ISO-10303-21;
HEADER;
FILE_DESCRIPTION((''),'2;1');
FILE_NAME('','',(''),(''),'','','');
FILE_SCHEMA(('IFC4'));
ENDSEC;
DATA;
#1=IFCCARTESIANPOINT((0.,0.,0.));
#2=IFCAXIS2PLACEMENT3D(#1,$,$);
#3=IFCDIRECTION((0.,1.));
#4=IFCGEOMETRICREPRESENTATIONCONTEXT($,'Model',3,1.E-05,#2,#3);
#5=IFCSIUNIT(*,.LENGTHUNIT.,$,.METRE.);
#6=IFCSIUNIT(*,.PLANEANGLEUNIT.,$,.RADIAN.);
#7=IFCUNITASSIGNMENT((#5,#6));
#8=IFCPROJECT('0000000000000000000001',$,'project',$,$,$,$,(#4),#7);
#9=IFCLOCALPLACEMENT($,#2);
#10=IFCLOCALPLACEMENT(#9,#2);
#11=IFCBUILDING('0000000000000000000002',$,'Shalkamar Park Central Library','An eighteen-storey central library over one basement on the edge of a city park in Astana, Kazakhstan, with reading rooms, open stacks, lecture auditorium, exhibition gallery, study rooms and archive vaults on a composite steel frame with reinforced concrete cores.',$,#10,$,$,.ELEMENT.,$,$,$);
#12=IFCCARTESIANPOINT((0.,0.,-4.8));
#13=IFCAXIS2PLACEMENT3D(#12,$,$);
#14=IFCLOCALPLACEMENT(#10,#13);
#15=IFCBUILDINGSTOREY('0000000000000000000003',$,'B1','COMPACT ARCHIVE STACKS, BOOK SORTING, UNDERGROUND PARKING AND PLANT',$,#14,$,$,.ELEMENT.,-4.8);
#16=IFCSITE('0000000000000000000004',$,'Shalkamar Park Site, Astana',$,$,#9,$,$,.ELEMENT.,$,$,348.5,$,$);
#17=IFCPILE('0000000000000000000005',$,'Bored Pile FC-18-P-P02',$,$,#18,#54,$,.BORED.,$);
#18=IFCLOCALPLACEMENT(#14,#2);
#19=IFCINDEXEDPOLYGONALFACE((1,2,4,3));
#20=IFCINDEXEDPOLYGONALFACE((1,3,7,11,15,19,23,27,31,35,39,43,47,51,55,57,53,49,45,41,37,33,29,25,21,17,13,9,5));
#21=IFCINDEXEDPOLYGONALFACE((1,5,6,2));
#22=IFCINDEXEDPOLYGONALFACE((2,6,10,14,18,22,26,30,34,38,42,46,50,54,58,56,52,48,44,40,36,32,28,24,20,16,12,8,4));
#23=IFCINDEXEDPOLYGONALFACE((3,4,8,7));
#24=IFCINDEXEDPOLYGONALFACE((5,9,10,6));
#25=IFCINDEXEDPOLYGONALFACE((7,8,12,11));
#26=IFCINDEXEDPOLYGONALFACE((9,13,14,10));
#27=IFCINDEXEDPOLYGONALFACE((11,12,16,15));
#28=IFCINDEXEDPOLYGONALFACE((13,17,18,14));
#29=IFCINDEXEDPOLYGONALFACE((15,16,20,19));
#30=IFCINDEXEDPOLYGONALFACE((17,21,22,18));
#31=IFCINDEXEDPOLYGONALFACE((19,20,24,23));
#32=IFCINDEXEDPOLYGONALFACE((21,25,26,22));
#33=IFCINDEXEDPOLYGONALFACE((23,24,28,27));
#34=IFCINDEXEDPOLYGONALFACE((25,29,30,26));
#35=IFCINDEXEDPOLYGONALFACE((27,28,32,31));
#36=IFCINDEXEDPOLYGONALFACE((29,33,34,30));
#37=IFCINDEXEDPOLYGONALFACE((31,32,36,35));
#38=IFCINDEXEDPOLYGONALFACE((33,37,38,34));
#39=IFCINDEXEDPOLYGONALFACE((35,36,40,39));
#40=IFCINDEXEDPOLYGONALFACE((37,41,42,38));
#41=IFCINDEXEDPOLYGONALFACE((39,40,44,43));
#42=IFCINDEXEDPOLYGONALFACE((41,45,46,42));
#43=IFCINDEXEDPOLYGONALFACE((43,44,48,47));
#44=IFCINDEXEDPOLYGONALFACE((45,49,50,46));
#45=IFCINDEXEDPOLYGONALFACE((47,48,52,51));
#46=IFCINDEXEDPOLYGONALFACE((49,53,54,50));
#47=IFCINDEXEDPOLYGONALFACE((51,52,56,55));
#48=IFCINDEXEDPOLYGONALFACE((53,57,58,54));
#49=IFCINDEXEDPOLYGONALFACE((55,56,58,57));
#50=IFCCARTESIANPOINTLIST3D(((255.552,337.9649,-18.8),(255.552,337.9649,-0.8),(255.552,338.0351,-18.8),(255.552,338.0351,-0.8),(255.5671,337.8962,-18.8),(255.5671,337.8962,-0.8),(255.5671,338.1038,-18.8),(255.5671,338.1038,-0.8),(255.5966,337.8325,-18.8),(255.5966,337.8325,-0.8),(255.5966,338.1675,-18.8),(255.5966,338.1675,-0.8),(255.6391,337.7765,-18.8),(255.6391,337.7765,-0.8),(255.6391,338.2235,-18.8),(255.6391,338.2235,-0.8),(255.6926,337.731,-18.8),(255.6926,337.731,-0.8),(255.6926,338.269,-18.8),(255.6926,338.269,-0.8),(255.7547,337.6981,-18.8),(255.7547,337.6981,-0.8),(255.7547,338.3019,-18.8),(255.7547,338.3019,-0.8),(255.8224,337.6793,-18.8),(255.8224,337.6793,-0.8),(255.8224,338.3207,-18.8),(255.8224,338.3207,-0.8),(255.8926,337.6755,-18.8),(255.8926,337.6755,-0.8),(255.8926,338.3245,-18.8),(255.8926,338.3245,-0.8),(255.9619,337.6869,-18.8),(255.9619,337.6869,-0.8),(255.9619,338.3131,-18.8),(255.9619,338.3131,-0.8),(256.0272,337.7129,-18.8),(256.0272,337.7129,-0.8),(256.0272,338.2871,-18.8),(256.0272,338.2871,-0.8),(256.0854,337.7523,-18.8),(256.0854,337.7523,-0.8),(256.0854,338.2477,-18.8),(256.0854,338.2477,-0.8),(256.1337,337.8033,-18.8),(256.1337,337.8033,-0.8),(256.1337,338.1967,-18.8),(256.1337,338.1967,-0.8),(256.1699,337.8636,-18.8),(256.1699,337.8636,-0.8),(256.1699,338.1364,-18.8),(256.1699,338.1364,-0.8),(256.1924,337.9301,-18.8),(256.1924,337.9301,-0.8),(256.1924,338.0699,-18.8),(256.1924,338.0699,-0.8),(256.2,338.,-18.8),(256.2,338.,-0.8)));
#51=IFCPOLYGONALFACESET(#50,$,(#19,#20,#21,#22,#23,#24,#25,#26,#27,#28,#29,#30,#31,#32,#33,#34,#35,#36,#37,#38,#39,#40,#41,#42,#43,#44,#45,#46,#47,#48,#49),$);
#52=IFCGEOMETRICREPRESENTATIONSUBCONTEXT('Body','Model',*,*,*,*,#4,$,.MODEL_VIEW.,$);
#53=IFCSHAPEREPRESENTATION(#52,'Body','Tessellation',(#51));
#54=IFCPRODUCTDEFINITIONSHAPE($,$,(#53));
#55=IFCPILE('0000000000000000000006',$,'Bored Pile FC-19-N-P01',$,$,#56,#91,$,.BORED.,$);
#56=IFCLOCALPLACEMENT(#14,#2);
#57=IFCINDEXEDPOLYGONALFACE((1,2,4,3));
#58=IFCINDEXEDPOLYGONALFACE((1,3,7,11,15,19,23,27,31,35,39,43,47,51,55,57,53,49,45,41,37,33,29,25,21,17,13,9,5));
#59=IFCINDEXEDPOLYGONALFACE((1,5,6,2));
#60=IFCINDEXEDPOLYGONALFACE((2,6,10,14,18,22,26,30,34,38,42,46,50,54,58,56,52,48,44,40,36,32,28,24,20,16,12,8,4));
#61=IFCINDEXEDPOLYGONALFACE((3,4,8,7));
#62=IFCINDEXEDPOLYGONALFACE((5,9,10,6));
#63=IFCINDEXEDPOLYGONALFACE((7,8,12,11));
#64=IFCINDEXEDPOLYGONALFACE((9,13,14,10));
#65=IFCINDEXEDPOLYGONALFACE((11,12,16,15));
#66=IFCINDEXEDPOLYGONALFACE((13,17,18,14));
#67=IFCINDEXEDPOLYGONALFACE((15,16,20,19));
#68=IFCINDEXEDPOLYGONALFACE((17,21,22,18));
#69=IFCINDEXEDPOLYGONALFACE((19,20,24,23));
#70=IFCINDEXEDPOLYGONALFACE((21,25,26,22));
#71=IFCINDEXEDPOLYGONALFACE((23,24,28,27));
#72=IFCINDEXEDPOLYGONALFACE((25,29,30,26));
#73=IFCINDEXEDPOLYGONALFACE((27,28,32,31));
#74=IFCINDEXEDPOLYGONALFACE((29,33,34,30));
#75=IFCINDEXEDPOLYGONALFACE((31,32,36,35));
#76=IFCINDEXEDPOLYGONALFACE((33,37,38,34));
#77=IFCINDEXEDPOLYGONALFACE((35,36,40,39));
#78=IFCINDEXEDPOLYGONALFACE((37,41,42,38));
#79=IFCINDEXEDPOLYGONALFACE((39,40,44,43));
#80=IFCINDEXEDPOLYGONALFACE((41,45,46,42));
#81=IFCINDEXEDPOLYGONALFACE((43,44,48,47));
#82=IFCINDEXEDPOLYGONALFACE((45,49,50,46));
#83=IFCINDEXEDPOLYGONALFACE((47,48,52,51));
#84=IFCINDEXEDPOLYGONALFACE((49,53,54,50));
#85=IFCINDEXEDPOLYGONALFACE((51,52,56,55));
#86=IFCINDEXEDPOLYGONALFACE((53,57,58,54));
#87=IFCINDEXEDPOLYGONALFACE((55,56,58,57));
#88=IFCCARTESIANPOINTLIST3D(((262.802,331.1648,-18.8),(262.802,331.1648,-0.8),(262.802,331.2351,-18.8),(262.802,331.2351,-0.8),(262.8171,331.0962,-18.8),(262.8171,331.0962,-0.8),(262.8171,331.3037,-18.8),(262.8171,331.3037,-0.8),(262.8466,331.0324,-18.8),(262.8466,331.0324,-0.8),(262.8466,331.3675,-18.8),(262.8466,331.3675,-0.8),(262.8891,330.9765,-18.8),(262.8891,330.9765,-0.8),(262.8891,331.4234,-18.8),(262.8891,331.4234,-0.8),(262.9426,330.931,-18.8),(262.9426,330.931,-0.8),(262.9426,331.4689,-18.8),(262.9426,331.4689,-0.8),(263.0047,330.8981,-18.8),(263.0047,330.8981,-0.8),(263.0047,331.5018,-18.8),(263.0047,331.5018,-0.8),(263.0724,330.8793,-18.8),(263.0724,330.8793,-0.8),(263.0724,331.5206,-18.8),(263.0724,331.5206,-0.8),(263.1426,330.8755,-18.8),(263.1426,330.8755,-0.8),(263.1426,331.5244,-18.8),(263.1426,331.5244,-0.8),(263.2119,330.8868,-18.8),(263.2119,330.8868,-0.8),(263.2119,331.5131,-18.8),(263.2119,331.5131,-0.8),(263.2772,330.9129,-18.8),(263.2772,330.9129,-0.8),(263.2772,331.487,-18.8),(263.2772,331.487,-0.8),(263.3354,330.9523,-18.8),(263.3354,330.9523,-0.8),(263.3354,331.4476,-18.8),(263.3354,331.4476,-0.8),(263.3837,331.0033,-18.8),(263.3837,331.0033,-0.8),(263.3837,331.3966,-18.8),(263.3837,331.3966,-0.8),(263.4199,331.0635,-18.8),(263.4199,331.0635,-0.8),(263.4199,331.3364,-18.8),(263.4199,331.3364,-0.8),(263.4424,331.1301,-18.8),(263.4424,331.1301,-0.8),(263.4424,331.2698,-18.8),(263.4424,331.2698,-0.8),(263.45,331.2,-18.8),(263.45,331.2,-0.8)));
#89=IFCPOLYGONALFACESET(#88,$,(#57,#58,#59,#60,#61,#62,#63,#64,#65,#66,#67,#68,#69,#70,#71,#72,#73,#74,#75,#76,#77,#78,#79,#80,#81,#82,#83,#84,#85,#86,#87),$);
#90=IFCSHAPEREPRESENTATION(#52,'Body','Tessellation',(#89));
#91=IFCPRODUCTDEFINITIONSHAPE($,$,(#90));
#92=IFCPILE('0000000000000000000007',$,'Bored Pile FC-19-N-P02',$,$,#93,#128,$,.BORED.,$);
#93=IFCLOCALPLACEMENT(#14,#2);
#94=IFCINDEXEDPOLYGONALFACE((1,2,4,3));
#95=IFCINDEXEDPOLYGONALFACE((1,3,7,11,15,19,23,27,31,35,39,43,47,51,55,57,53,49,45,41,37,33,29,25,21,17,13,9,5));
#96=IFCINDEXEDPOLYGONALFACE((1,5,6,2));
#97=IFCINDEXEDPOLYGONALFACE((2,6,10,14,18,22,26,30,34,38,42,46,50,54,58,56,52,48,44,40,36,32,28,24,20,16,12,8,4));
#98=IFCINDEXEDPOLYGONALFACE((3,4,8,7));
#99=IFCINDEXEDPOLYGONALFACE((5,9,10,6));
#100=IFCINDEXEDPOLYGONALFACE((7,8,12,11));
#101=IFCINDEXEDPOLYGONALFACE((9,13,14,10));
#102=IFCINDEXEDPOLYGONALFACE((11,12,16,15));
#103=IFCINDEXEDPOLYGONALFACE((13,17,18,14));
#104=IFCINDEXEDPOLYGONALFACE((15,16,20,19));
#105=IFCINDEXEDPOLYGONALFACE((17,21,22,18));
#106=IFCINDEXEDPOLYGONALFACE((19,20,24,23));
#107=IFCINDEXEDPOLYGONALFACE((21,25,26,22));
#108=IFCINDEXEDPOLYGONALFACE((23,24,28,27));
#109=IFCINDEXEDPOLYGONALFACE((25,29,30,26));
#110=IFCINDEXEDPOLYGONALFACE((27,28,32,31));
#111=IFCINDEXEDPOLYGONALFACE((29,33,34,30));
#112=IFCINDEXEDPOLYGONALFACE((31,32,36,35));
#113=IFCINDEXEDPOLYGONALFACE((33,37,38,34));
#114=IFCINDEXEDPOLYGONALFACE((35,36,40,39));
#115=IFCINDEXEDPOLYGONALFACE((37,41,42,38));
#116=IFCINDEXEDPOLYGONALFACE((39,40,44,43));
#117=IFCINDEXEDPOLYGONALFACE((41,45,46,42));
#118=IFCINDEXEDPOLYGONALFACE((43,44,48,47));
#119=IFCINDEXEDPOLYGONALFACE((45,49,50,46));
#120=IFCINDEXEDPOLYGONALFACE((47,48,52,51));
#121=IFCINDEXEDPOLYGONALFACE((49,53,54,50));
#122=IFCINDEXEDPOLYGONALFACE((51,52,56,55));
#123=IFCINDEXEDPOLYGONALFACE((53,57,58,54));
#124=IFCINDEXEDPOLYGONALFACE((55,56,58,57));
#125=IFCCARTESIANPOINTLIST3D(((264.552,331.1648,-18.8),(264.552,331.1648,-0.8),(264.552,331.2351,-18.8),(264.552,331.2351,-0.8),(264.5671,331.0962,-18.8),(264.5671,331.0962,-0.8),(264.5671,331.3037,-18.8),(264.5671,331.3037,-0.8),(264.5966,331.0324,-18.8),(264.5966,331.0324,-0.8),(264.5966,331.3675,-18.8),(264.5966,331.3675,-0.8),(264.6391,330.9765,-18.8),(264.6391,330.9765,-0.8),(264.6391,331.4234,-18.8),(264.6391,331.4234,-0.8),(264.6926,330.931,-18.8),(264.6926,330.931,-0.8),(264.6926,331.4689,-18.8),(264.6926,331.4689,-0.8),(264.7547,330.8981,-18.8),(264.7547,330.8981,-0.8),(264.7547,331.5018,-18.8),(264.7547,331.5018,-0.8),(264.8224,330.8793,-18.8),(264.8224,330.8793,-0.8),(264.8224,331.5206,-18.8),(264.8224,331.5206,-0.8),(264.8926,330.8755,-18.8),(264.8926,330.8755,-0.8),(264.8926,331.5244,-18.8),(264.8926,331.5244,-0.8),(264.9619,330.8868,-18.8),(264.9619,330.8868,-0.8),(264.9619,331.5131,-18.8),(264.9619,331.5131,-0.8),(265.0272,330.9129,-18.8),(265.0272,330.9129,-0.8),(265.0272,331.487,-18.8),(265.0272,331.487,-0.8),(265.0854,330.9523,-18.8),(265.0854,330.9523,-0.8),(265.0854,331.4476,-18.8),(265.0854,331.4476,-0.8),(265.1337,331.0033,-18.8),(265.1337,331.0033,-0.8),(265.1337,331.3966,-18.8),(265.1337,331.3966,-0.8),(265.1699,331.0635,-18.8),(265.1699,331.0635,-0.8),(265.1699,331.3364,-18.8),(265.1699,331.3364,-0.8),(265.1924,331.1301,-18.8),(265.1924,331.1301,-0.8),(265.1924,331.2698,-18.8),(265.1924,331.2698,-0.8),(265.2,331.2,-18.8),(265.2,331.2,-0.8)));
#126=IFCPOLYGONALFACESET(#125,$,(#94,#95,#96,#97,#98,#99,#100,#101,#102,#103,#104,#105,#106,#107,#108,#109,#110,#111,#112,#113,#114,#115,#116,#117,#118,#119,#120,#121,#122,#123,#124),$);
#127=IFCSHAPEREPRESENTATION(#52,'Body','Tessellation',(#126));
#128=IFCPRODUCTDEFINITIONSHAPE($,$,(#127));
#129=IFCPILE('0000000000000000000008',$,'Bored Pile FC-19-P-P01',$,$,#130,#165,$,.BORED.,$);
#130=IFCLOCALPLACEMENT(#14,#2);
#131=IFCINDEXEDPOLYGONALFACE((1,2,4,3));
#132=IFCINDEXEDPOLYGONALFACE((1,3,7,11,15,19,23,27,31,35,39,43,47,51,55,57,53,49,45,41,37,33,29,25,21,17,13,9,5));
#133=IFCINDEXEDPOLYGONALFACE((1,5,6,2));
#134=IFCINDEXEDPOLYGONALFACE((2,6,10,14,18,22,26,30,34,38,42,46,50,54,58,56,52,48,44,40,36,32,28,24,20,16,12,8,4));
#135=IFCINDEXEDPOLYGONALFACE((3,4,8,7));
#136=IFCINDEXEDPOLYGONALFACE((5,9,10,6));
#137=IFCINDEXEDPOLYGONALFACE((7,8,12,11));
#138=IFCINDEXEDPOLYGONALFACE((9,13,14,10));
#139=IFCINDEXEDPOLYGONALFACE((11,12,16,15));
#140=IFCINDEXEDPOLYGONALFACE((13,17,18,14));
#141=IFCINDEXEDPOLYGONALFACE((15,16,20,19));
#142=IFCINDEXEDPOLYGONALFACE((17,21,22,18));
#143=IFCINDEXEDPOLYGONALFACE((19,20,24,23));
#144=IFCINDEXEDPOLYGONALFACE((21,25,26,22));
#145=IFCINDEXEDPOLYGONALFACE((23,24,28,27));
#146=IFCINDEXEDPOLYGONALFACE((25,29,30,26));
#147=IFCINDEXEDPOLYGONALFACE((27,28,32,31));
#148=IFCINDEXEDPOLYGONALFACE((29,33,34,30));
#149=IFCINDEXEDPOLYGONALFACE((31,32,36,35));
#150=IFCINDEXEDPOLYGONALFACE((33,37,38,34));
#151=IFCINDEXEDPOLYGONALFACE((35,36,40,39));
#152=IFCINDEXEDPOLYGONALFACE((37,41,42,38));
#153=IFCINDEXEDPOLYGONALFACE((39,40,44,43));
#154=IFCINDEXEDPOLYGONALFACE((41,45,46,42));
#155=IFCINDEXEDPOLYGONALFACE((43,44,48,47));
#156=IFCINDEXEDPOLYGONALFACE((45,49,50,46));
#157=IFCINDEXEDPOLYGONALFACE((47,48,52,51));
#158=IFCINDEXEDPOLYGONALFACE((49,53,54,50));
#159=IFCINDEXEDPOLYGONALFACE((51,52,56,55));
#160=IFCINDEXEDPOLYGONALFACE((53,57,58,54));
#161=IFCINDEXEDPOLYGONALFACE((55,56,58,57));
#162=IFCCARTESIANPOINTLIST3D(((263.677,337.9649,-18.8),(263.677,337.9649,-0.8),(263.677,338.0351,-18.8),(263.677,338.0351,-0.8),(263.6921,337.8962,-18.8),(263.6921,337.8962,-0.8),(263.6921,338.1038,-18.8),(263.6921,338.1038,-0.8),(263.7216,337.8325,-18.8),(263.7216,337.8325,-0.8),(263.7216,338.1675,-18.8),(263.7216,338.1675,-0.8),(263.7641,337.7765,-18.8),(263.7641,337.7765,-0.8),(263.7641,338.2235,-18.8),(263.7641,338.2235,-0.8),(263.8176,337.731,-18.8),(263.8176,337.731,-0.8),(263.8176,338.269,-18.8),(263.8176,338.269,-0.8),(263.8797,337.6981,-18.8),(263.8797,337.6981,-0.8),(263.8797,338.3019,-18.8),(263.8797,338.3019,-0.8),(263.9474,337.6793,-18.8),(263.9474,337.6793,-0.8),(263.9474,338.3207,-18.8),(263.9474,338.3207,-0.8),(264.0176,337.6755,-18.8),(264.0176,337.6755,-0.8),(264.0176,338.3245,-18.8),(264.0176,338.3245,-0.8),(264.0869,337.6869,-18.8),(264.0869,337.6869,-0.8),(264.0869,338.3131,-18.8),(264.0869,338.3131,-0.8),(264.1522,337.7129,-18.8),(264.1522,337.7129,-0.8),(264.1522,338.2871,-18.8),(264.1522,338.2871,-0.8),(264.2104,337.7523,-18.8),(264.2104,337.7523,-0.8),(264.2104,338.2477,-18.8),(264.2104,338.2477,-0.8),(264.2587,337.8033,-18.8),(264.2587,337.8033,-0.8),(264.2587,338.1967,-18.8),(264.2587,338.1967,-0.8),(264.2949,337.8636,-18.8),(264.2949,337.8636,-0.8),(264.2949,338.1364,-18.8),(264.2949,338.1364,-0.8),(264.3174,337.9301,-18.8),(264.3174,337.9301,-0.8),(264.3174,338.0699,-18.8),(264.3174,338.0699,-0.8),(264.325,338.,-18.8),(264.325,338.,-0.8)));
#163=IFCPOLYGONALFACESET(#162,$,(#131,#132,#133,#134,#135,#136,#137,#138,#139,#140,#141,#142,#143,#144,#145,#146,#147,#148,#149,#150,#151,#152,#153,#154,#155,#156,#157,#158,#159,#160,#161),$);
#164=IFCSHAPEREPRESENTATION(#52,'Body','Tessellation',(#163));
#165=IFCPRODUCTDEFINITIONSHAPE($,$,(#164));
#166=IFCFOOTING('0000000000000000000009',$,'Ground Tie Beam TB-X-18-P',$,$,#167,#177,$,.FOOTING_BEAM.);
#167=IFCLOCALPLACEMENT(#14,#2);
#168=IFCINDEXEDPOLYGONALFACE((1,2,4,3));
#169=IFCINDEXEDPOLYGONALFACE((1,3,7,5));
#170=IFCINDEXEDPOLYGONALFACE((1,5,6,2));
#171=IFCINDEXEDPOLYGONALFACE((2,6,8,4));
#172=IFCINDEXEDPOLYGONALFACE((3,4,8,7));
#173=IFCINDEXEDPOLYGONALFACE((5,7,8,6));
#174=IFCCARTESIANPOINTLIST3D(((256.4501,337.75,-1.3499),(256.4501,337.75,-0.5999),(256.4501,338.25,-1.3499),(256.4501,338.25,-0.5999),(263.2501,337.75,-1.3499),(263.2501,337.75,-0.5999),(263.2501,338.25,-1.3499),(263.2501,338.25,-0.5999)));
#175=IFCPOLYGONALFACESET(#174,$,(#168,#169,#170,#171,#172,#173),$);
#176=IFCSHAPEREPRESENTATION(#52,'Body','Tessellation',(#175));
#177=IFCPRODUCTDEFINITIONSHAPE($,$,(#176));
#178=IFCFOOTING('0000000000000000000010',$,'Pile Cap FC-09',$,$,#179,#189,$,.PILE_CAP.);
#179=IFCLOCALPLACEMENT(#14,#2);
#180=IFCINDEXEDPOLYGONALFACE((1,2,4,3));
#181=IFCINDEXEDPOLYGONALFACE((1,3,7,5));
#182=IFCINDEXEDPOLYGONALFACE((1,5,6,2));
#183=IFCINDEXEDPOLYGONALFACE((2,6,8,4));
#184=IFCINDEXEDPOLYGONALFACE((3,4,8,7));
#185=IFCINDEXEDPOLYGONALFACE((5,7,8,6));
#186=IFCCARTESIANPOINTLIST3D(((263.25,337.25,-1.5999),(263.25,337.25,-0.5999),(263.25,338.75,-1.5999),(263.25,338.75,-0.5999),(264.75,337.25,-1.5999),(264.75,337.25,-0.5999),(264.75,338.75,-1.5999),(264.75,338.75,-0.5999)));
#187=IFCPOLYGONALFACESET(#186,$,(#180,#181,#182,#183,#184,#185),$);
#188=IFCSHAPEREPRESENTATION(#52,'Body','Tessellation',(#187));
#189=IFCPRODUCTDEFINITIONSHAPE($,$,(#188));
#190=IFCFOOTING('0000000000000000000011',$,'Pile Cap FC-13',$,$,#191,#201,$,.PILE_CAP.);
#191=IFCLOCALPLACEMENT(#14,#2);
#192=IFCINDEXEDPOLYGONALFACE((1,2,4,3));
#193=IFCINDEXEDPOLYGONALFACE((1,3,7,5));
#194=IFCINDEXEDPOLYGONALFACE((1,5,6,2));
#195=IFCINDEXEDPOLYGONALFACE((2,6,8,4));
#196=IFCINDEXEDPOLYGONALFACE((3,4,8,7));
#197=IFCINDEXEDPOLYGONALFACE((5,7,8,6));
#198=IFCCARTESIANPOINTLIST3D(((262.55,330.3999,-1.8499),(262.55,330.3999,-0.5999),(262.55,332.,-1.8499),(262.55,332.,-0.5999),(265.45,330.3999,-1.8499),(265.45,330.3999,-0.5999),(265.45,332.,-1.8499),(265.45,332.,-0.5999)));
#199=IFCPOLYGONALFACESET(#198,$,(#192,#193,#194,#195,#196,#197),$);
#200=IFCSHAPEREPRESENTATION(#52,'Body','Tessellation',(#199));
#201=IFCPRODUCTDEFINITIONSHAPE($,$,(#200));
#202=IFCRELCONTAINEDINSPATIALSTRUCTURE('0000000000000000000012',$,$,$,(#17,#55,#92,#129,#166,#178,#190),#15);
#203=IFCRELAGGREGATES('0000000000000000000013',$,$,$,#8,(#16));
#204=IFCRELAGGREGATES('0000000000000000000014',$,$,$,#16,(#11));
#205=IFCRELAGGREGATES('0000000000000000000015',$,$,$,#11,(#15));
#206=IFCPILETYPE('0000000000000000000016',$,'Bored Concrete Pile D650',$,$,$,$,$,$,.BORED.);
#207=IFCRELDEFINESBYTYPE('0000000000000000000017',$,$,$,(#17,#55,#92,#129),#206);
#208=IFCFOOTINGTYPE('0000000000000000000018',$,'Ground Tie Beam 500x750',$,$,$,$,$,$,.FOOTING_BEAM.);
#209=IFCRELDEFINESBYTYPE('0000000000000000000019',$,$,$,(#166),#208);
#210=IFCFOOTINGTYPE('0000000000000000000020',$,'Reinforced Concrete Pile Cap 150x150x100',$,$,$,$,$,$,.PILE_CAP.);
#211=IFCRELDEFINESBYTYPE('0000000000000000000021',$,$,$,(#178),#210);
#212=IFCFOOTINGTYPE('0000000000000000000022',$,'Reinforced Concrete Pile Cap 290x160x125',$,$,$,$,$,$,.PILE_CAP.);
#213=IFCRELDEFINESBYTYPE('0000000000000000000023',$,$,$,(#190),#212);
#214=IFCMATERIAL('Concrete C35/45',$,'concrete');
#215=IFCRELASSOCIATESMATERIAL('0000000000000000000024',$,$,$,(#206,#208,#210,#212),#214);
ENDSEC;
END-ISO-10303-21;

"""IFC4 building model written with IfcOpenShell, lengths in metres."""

from ifc_helpers import new_model, si_unit, direction, frame, origin, origin_2d, place, context, subcontext, project, spatial, rectangle, circle, extrude, material, material_profile, profile_set, type_object, element, save


model = new_model("IFC4")

# Units and contexts
model_context = context("Model", 3, precision=1e-05, world=origin(), true_north=direction((0.0, 1.0)))
body_context = subcontext(model_context, "Body", "Model", "MODEL_VIEW")
ifc_project = project(units=[si_unit("LENGTHUNIT", "METRE"), si_unit("PLANEANGLEUNIT", "RADIAN")], contexts=[model_context])

# Site, building, storey
site_placement = place(None, origin())
site = spatial("IfcSite", under=ifc_project, at=site_placement, Name="Shalkamar Park Site, Astana", CompositionType="ELEMENT", RefElevation=348.5)
building_placement = place(site_placement, origin())
building = spatial("IfcBuilding", under=site, at=building_placement, Name="Shalkamar Park Central Library", Description="An eighteen-storey central library over one basement on the edge of a city park in Astana, Kazakhstan, with reading rooms, open stacks, lecture auditorium, exhibition gallery, study rooms and archive vaults on a composite steel frame with reinforced concrete cores.", CompositionType="ELEMENT")
storey_placement = place(building_placement, frame((0.0, 0.0, -4.8)))
storey = spatial("IfcBuildingStorey", under=building, at=storey_placement, Name="B1", Description="COMPACT ARCHIVE STACKS, BOOK SORTING, UNDERGROUND PARKING AND PLANT", CompositionType="ELEMENT", Elevation=-4.8)

# Piles
ifc_material_1 = material(Name="Concrete C35/45", Category="concrete")
ifc_material_profile_1 = material_profile(ifc_material_1, circle(Radius=0.325, at=origin_2d()), Name="PILE D650")
ifc_profile_set_1 = profile_set([ifc_material_profile_1], Name="Concrete C35/45")
pile_type = type_object("IfcPileType", Name="Bored Concrete Pile D650", PredefinedType="BORED", material=ifc_profile_set_1)
for number, where, z_axis, x_axis, name in (
    (1, (255.875, 338.0, -0.8), (0.0, 0.0, -1.0), (1.0, 0.0, 0.0), "Bored Pile FC-18-P-P02"),
    (2, (263.125, 331.2, -0.8), (0.0, 0.0, -1.0), (1.0, 0.0, 0.0), "Bored Pile FC-19-N-P01"),
    (3, (264.875, 331.2, -0.8), (0.0, 0.0, -1.0), (1.0, 0.0, 0.0), "Bored Pile FC-19-N-P02"),
    (4, (264.0, 338.0, -0.8), (0.0, 0.0, -1.0), (1.0, 0.0, 0.0), "Bored Pile FC-19-P-P01"),
):
    element("IfcPile", number, at=place(storey_placement, frame(where, z_axis=z_axis, x_axis=x_axis)), inside=storey, type_object=pile_type, Name=name, PredefinedType="BORED", context=body_context, shape_type="SweptSolid", body=[
        extrude(circle(Radius=0.325, at=origin_2d()), origin(), (0.0, 0.0, 1.0), 18.0),
    ])

# Footings
footing_type_1 = type_object("IfcFootingType", Name="Ground Tie Beam 500x750", PredefinedType="FOOTING_BEAM", material=ifc_material_1)
footing_1_placement = place(storey_placement, frame((259.8501, 338.0, -1.3499), z_axis=(0.0, 0.0, 1.0), x_axis=(1.0, 0.0, 0.0)))
element("IfcFooting", 5, at=footing_1_placement, inside=storey, type_object=footing_type_1, Name="Ground Tie Beam TB-X-18-P", PredefinedType="FOOTING_BEAM", context=body_context, shape_type="SweptSolid", body=[
    extrude(rectangle(XDim=6.8, YDim=0.5, at=origin_2d()), origin(), (0.0, 0.0, 1.0), 0.75),
])
footing_type_2 = type_object("IfcFootingType", Name="Reinforced Concrete Pile Cap 150x150x100", PredefinedType="PILE_CAP", material=ifc_material_1)
footing_2_placement = place(storey_placement, frame((264.0, 338.0, -1.5999), z_axis=(0.0, 0.0, 1.0), x_axis=(1.0, 0.0, 0.0)))
element("IfcFooting", 6, at=footing_2_placement, inside=storey, type_object=footing_type_2, Name="Pile Cap FC-09", PredefinedType="PILE_CAP", context=body_context, shape_type="SweptSolid", body=[
    extrude(rectangle(XDim=1.5, YDim=1.5, at=origin_2d()), origin(), (0.0, 0.0, 1.0), 1.0),
])
footing_type_3 = type_object("IfcFootingType", Name="Reinforced Concrete Pile Cap 290x160x125", PredefinedType="PILE_CAP", material=ifc_material_1)
footing_3_placement = place(storey_placement, frame((264.0, 331.2, -1.8499), z_axis=(0.0, 0.0, 1.0), x_axis=(1.0, 0.0, 0.0)))
element("IfcFooting", 7, at=footing_3_placement, inside=storey, type_object=footing_type_3, Name="Pile Cap FC-13", PredefinedType="PILE_CAP", context=body_context, shape_type="SweptSolid", body=[
    extrude(rectangle(XDim=2.8999, YDim=1.6001, at=origin_2d()), origin(), (0.0, 0.0, 1.0), 1.25),
])

save(model, "model.ifc")
